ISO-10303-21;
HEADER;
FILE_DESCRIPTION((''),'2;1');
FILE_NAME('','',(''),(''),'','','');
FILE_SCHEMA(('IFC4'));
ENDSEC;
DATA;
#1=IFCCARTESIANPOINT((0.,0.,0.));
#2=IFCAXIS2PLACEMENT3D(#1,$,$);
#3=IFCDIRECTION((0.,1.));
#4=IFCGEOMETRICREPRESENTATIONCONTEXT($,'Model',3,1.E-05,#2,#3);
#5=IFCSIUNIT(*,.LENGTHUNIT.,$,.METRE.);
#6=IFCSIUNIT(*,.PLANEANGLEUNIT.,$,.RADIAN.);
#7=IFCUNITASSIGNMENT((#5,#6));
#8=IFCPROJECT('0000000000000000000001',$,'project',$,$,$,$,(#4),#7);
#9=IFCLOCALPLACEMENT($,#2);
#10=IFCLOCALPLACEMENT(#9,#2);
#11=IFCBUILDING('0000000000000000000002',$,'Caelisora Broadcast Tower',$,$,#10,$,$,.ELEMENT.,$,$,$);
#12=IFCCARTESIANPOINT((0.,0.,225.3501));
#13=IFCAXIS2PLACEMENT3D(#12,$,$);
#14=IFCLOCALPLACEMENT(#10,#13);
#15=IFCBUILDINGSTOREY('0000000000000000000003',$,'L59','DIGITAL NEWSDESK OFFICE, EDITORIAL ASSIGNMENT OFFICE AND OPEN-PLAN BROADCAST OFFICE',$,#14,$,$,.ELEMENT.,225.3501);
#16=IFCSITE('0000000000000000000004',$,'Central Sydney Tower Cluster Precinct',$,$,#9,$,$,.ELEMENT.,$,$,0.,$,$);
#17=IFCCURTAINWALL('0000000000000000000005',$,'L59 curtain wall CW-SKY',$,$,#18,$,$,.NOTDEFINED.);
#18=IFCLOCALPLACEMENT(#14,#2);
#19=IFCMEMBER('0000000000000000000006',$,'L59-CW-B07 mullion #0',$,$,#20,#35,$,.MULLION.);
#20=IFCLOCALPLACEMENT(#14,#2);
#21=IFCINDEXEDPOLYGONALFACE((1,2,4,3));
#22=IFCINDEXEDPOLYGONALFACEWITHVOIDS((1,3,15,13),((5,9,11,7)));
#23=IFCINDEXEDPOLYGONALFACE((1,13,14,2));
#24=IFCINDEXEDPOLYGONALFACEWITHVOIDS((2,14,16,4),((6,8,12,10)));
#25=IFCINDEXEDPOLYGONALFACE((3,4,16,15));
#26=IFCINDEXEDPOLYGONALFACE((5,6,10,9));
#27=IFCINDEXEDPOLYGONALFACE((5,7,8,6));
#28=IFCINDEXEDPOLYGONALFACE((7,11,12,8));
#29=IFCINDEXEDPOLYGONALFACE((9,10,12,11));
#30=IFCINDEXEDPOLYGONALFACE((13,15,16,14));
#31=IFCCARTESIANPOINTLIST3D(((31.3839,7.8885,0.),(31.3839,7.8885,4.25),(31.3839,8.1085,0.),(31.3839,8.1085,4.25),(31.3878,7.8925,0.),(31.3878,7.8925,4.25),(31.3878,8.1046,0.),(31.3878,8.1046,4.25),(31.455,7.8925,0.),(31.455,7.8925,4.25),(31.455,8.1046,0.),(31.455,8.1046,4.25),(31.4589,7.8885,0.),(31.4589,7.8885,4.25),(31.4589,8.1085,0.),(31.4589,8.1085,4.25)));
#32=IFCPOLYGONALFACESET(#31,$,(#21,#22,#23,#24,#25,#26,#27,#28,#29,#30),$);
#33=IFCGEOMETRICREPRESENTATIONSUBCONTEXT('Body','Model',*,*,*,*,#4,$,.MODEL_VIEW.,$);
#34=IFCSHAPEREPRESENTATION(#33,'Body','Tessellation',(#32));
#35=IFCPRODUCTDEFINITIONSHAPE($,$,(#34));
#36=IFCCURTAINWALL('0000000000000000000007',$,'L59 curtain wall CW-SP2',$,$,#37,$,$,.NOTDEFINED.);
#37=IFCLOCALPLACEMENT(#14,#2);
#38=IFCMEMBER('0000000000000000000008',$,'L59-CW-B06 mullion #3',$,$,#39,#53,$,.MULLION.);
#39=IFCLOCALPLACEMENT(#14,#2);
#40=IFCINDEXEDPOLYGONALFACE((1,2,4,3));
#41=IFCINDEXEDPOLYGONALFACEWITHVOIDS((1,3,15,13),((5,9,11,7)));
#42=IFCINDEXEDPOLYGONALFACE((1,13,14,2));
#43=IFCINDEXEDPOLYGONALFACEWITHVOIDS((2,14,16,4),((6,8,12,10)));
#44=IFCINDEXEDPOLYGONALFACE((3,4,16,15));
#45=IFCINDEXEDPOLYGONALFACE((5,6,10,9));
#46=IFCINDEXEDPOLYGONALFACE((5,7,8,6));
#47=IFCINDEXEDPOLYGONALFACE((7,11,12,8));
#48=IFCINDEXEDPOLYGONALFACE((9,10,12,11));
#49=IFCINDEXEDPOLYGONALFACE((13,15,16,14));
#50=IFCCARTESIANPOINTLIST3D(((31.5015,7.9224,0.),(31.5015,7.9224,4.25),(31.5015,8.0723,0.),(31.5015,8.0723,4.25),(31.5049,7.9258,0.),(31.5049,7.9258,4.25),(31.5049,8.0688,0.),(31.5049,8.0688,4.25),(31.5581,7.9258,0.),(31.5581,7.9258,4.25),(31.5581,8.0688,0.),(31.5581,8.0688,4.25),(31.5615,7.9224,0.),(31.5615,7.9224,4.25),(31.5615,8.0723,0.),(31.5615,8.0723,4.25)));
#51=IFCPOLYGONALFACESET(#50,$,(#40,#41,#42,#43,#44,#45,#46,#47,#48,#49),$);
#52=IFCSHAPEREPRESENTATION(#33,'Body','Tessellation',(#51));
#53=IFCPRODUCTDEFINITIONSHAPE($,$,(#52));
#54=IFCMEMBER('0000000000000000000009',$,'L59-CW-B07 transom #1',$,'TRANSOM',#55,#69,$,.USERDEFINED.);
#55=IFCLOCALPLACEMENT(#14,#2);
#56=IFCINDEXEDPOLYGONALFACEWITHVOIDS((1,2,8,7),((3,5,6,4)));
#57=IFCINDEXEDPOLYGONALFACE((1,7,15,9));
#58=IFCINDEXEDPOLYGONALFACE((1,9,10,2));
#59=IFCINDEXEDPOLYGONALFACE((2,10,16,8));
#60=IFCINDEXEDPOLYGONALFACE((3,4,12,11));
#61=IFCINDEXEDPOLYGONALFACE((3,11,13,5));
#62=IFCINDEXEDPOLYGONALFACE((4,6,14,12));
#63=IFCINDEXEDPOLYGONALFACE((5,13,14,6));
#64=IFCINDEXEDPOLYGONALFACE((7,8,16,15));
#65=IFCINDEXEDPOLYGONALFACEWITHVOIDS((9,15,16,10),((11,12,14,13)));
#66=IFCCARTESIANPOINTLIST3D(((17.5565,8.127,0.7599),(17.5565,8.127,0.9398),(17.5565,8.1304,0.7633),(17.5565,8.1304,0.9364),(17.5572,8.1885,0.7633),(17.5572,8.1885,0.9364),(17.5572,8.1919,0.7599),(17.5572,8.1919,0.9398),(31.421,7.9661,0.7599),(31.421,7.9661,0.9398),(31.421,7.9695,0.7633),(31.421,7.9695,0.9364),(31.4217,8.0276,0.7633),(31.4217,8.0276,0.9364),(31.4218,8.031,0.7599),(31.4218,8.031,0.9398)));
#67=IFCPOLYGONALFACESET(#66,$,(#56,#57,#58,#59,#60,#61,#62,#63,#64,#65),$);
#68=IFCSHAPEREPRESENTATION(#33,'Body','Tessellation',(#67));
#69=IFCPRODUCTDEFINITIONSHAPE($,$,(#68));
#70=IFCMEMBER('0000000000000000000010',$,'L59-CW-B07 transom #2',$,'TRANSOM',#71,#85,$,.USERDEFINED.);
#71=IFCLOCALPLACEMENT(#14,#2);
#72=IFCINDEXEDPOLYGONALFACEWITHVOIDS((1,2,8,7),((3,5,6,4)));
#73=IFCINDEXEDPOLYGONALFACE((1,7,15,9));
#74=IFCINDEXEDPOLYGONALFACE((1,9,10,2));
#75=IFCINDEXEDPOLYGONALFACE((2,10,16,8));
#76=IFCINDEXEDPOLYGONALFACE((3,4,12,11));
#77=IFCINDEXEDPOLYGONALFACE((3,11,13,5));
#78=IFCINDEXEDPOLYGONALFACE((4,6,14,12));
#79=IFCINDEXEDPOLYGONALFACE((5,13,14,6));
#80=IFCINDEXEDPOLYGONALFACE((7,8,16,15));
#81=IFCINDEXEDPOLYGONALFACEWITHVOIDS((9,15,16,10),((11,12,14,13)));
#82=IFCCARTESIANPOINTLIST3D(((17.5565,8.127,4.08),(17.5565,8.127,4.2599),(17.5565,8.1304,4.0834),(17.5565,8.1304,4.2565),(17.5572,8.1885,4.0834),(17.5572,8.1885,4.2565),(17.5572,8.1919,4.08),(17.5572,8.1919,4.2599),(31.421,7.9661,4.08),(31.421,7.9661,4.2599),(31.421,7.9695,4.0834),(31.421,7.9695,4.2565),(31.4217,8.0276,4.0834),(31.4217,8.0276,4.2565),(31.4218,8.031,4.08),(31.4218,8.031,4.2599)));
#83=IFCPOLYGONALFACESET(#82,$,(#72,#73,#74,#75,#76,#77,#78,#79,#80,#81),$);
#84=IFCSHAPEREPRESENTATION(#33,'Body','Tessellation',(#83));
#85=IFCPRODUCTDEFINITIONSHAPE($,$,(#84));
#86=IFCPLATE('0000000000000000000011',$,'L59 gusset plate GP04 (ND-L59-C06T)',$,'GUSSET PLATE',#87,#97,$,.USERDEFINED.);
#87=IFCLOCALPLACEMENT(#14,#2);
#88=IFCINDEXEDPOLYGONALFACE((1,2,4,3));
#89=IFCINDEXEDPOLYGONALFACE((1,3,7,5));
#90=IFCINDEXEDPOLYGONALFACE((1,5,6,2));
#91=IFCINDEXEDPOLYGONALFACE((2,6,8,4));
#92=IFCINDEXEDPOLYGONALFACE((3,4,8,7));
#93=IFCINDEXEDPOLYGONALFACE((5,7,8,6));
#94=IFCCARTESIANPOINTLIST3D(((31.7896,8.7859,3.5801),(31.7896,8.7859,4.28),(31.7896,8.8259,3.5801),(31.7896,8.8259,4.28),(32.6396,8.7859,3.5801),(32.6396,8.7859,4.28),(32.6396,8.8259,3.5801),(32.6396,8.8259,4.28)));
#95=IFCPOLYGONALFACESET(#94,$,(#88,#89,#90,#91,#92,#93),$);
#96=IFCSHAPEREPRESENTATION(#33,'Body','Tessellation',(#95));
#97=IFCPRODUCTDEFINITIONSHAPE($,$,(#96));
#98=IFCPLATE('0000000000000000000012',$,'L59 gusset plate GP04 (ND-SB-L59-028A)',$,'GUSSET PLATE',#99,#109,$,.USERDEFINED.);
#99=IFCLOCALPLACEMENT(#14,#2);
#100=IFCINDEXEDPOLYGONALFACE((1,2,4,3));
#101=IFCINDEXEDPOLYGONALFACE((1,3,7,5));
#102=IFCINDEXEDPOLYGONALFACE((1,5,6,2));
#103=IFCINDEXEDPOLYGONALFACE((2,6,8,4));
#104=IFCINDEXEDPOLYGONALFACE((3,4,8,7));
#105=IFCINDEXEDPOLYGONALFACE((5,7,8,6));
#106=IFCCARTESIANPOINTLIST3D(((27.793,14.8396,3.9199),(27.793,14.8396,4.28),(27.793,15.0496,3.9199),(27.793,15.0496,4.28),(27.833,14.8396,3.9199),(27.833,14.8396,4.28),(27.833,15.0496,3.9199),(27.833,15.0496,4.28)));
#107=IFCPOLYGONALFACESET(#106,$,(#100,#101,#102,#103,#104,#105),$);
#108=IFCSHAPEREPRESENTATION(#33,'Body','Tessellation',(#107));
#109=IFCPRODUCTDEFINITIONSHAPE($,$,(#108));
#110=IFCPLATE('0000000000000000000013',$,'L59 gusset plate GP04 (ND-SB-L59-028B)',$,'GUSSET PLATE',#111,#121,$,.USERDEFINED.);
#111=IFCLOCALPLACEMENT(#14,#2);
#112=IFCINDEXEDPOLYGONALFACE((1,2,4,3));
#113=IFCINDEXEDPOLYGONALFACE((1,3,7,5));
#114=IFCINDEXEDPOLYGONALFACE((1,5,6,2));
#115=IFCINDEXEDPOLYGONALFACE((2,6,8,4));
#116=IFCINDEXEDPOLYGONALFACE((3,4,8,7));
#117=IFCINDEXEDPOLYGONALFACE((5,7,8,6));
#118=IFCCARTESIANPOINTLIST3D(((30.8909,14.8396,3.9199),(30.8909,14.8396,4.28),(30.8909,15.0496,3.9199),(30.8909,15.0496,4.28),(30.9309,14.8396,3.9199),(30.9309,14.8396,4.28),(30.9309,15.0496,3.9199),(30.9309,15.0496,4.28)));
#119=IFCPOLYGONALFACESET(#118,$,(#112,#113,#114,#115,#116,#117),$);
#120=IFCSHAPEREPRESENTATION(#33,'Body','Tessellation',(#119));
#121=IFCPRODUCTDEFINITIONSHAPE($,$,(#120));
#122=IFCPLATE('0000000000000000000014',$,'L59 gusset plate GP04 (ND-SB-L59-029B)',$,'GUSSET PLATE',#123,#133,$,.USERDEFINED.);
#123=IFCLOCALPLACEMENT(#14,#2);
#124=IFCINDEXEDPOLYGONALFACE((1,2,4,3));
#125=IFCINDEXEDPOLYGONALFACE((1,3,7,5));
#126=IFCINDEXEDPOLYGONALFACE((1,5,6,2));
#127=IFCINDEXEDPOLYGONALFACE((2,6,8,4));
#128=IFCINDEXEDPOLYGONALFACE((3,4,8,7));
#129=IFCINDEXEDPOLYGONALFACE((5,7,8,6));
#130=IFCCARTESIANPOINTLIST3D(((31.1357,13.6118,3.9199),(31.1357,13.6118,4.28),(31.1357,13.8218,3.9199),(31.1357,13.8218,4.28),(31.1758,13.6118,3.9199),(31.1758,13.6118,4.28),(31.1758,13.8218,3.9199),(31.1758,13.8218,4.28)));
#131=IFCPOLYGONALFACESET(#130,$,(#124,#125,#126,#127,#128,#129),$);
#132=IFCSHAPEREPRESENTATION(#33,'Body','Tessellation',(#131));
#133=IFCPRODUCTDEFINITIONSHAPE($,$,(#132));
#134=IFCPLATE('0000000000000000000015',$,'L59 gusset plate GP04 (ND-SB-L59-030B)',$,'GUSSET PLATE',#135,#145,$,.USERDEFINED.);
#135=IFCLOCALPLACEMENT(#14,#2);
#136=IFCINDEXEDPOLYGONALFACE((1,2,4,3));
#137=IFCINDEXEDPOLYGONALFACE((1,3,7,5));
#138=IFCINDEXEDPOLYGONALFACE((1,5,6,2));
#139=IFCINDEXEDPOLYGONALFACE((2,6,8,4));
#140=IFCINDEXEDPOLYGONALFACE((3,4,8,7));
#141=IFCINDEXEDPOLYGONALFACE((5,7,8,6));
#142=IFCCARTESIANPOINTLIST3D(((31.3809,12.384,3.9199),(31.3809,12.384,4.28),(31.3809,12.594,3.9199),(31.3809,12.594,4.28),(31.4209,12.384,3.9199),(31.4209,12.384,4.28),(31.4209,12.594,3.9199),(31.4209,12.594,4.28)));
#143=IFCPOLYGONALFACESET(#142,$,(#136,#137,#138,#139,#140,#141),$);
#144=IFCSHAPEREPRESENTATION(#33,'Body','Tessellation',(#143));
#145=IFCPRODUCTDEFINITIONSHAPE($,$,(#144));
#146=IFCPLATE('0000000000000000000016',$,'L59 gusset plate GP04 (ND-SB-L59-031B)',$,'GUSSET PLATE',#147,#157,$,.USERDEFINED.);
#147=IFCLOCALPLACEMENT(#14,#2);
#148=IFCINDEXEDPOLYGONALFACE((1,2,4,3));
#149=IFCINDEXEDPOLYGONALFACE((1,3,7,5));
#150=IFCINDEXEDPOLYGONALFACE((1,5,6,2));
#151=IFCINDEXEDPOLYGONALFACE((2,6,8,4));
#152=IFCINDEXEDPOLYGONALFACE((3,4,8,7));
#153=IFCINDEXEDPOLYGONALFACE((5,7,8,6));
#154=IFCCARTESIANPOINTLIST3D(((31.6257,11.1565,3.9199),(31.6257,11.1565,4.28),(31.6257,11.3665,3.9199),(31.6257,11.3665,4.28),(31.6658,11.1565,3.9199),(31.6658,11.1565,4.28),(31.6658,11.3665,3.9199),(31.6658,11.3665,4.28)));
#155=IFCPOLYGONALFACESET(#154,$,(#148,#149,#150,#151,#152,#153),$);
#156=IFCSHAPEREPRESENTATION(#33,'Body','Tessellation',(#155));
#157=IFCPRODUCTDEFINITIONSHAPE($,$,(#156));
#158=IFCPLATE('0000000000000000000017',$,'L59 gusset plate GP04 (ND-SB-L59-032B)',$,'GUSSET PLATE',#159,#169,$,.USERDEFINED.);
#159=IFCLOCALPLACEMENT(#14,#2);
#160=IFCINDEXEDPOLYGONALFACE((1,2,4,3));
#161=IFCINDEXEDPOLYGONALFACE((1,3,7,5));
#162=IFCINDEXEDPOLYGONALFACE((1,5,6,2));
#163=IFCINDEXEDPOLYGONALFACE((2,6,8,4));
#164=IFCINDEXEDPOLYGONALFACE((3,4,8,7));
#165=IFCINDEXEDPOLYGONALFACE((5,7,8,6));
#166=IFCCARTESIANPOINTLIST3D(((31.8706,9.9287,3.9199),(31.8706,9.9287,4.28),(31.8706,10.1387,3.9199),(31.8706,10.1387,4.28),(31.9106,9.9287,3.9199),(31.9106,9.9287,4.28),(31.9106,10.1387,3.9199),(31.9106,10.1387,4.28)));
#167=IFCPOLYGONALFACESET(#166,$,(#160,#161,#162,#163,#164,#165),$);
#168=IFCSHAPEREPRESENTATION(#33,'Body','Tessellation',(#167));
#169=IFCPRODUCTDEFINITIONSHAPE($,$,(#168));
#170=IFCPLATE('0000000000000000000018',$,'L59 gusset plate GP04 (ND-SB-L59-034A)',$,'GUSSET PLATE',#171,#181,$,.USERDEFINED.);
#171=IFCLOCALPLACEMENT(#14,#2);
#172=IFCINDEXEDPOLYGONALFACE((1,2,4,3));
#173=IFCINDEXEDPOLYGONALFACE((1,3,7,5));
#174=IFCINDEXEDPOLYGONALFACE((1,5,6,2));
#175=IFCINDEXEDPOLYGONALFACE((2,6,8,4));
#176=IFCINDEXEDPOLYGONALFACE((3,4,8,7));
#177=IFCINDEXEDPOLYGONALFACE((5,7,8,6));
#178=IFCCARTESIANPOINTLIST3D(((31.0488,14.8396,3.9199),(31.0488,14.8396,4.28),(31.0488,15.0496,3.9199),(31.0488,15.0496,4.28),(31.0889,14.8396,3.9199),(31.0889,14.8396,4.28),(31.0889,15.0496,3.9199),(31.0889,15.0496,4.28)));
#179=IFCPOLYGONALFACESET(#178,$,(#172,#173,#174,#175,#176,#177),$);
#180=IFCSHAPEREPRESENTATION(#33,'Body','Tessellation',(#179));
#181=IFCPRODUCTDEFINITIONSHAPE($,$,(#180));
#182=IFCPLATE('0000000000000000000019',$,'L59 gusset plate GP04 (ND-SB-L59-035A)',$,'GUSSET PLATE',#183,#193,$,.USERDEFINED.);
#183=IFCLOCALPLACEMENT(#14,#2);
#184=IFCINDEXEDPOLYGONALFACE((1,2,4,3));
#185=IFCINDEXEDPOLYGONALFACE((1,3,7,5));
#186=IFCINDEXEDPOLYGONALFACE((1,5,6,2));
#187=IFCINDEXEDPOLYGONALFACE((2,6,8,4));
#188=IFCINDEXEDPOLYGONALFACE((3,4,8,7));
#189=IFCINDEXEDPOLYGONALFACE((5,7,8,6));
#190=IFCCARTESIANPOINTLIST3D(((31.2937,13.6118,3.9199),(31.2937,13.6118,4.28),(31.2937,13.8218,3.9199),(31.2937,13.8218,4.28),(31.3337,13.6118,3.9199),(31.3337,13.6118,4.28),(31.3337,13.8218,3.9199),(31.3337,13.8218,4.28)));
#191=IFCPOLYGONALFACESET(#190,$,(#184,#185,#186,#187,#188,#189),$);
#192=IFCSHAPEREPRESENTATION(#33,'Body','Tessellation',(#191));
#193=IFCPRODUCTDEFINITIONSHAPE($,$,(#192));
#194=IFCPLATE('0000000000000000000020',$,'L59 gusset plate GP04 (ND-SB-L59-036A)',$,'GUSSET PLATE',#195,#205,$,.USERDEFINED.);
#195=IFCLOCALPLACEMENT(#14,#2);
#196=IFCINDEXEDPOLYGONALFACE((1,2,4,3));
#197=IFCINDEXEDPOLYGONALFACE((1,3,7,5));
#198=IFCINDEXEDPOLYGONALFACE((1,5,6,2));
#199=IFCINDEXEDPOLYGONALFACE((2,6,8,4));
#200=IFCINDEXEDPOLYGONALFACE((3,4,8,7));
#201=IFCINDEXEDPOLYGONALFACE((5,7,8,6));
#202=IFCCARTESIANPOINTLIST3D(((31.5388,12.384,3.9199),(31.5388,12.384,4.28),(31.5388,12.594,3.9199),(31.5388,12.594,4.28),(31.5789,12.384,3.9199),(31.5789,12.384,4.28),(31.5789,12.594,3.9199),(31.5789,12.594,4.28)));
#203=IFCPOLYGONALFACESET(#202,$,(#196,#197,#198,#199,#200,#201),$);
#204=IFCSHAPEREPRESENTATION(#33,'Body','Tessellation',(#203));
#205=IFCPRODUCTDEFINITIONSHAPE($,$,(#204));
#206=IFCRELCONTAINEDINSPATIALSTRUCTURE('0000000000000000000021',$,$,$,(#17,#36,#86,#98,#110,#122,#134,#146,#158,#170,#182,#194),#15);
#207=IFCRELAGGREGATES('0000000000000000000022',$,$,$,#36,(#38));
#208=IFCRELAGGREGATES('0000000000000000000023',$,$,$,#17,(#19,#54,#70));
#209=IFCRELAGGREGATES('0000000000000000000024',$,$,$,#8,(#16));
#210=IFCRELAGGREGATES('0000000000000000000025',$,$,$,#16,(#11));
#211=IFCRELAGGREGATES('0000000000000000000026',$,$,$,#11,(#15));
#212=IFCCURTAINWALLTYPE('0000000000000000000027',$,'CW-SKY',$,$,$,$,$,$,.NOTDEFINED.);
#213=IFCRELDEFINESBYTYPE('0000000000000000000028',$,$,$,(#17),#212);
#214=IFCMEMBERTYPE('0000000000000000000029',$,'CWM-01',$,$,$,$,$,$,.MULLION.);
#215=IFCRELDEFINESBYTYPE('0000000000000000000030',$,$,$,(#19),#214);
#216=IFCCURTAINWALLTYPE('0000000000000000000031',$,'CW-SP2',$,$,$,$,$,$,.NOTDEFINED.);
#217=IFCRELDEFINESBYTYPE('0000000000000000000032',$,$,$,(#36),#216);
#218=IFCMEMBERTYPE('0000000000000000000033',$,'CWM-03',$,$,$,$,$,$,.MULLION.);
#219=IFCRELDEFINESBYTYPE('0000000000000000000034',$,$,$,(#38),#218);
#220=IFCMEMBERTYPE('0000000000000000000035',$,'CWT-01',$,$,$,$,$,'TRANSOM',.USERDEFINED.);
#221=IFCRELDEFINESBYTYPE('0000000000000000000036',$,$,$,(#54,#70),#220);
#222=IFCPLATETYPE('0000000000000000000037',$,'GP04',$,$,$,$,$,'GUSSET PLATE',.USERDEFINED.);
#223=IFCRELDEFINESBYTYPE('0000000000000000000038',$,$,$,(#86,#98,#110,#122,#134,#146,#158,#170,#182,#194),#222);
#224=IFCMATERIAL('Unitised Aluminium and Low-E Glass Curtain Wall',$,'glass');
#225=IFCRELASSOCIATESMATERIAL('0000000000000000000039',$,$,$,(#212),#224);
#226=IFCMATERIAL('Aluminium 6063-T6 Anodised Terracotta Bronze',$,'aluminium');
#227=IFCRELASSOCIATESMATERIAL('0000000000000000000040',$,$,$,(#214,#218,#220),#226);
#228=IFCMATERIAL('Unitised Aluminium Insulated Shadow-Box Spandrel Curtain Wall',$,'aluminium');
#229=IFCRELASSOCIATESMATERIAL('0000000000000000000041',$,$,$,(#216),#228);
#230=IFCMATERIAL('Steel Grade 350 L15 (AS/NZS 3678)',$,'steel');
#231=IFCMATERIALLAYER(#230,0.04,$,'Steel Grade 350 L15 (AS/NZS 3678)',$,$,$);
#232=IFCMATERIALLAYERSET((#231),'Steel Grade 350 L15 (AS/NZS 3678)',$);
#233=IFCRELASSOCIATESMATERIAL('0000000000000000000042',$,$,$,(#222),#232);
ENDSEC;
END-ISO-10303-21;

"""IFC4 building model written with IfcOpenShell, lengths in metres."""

from ifc_helpers import new_model, si_unit, direction, frame, origin, origin_2d, place, context, subcontext, project, spatial, rectangle, hollow_rectangle, extrude, source, transform, mapped, material, layer, layer_set, material_profile, profile_set, type_object, type_shapes, element, aggregate, save


model = new_model("IFC4")

# Units and contexts
model_context = context("Model", 3, precision=1e-05, world=origin(), true_north=direction((0.0, 1.0)))
body_context = subcontext(model_context, "Body", "Model", "MODEL_VIEW")
ifc_project = project(units=[si_unit("LENGTHUNIT", "METRE"), si_unit("PLANEANGLEUNIT", "RADIAN")], contexts=[model_context])

# Site, building, storey
site_placement = place(None, origin())
site = spatial("IfcSite", under=ifc_project, at=site_placement, Name="Central Sydney Tower Cluster Precinct", CompositionType="ELEMENT", RefElevation=0.0)
building_placement = place(site_placement, origin())
building = spatial("IfcBuilding", under=site, at=building_placement, Name="Caelisora Broadcast Tower", CompositionType="ELEMENT")
storey_placement = place(building_placement, frame((0.0, 0.0, 225.3501)))
storey = spatial("IfcBuildingStorey", under=building, at=storey_placement, Name="L59", Description="DIGITAL NEWSDESK OFFICE, EDITORIAL ASSIGNMENT OFFICE AND OPEN-PLAN BROADCAST OFFICE", CompositionType="ELEMENT", Elevation=225.3501)

# Shared definitions
ifc_material_1 = material(Name="Steel Grade 350 L15 (AS/NZS 3678)", Category="steel")

# Curtain walls, members
ifc_material_2 = material(Name="Unitised Aluminium and Low-E Glass Curtain Wall", Category="glass")
curtain_wall_type_1 = type_object("IfcCurtainWallType", Name="CW-SKY", PredefinedType="NOTDEFINED", material=ifc_material_2)
curtain_wall_1_placement = place(storey_placement, origin())
curtain_wall_1 = element("IfcCurtainWall", 1, at=curtain_wall_1_placement, inside=storey, type_object=curtain_wall_type_1, Name="L59 curtain wall CW-SKY", PredefinedType="NOTDEFINED")
ifc_material_3 = material(Name="Aluminium 6063-T6 Anodised Terracotta Bronze", Category="aluminium")
ifc_material_profile_1 = material_profile(ifc_material_3, hollow_rectangle(XDim=0.075, YDim=0.22, WallThickness=0.0039, at=origin_2d()), Name="Aluminium 6063-T6 Anodised Terracotta Bronze")
ifc_profile_set_1 = profile_set([ifc_material_profile_1], Name="Aluminium 6063-T6 Anodised Terracotta Bronze")
member_type_1 = type_object("IfcMemberType", Name="CWM-01", PredefinedType="MULLION", material=ifc_profile_set_1)
shared_shape_1 = source(origin(), body_context, "Body", "SweptSolid", [
    extrude(hollow_rectangle(XDim=0.075, YDim=0.22, WallThickness=0.0039, at=origin_2d()), origin(), (0.0, 0.0, 1.0), 4.25),
])
type_shapes(member_type_1, [shared_shape_1])
member_1_placement = place(storey_placement, frame((31.4214, 7.9985, 0.0), z_axis=(0.0, 0.0, 1.0), x_axis=(1.0, 0.0, 0.0)))
member_1 = element("IfcMember", 2, at=member_1_placement, type_object=member_type_1, Name="L59-CW-B07 mullion #0", PredefinedType="MULLION", context=body_context, shape_type="MappedRepresentation", body=[
    mapped(shared_shape_1, transform((0.0, 0.0, 0.0), scale=1.0)),
])
ifc_material_4 = material(Name="Unitised Aluminium Insulated Shadow-Box Spandrel Curtain Wall", Category="aluminium")
curtain_wall_type_2 = type_object("IfcCurtainWallType", Name="CW-SP2", PredefinedType="NOTDEFINED", material=ifc_material_4)
curtain_wall_2_placement = place(storey_placement, origin())
curtain_wall_2 = element("IfcCurtainWall", 3, at=curtain_wall_2_placement, inside=storey, type_object=curtain_wall_type_2, Name="L59 curtain wall CW-SP2", PredefinedType="NOTDEFINED")
ifc_material_profile_2 = material_profile(ifc_material_3, hollow_rectangle(XDim=0.0601, YDim=0.1499, WallThickness=0.0034, at=origin_2d()), Name="Aluminium 6063-T6 Anodised Terracotta Bronze")
ifc_profile_set_2 = profile_set([ifc_material_profile_2], Name="Aluminium 6063-T6 Anodised Terracotta Bronze")
member_type_2 = type_object("IfcMemberType", Name="CWM-03", PredefinedType="MULLION", material=ifc_profile_set_2)
shared_shape_2 = source(origin(), body_context, "Body", "SweptSolid", [
    extrude(hollow_rectangle(XDim=0.0601, YDim=0.1499, WallThickness=0.0034, at=origin_2d()), origin(), (0.0, 0.0, 1.0), 4.25),
])
type_shapes(member_type_2, [shared_shape_2])
member_2_placement = place(storey_placement, frame((31.5315, 7.9973, 0.0), z_axis=(0.0, 0.0, 1.0), x_axis=(1.0, 0.0, 0.0)))
member_2 = element("IfcMember", 4, at=member_2_placement, type_object=member_type_2, Name="L59-CW-B06 mullion #3", PredefinedType="MULLION", context=body_context, shape_type="MappedRepresentation", body=[
    mapped(shared_shape_2, transform((0.0, 0.0, 0.0), scale=1.0)),
])

# Members
ifc_material_profile_3 = material_profile(ifc_material_3, hollow_rectangle(XDim=0.0649, YDim=0.1799, WallThickness=0.0034, at=origin_2d()), Name="Aluminium 6063-T6 Anodised Terracotta Bronze")
ifc_profile_set_3 = profile_set([ifc_material_profile_3], Name="Aluminium 6063-T6 Anodised Terracotta Bronze")
member_type_3 = type_object("IfcMemberType", Name="CWT-01", ElementType="TRANSOM", PredefinedType="USERDEFINED", material=ifc_profile_set_3)
shared_shape_3 = source(origin(), body_context, "Body", "SweptSolid", [
    extrude(hollow_rectangle(XDim=0.0649, YDim=0.1799, WallThickness=0.0034, at=origin_2d()), origin(), (0.0, 0.0, 1.0), 13.8655),
])
type_shapes(member_type_3, [shared_shape_3])
member_3_placement = place(storey_placement, frame((31.4214, 7.9985, 0.8499), z_axis=(-0.999933, 0.011604, 0.0), x_axis=(-0.011604, -0.999933, 0.0)))
member_3 = element("IfcMember", 5, at=member_3_placement, type_object=member_type_3, Name="L59-CW-B07 transom #1", ObjectType="TRANSOM", PredefinedType="USERDEFINED", context=body_context, shape_type="MappedRepresentation", body=[
    mapped(shared_shape_3, transform((0.0, 0.0, 0.0), scale=1.0)),
])
member_4_placement = place(storey_placement, frame((31.4214, 7.9985, 4.1699), z_axis=(-0.999933, 0.011604, 0.0), x_axis=(-0.011604, -0.999933, 0.0)))
member_4 = element("IfcMember", 6, at=member_4_placement, type_object=member_type_3, Name="L59-CW-B07 transom #2", ObjectType="TRANSOM", PredefinedType="USERDEFINED", context=body_context, shape_type="MappedRepresentation", body=[
    mapped(shared_shape_3, transform((0.0, 0.0, 0.0), scale=1.0)),
])

# Plates
ifc_layer_1 = layer(ifc_material_1, 0.04, Name="Steel Grade 350 L15 (AS/NZS 3678)")
ifc_layer_set_1 = layer_set([ifc_layer_1], Name="Steel Grade 350 L15 (AS/NZS 3678)")
plate_type_1 = type_object("IfcPlateType", Name="GP04", ElementType="GUSSET PLATE", PredefinedType="USERDEFINED", material=ifc_layer_set_1)
shared_shape_4 = source(origin(), body_context, "Body", "SweptSolid", [
    extrude(rectangle(XDim=0.8501, YDim=0.04, at=origin_2d()), origin(), (0.0, 0.0, 1.0), 0.7),
])
plate_1_placement = place(storey_placement, frame((32.2146, 8.8059, 3.5801), z_axis=(0.0, 0.0, 1.0), x_axis=(1.0, 0.0, 0.0)))
element("IfcPlate", 7, at=plate_1_placement, inside=storey, type_object=plate_type_1, Name="L59 gusset plate GP04 (ND-L59-C06T)", ObjectType="GUSSET PLATE", PredefinedType="USERDEFINED", context=body_context, shape_type="MappedRepresentation", body=[
    mapped(shared_shape_4, transform((0.0, 0.0, 0.0), scale=1.0)),
])
shared_shape_5 = source(origin(), body_context, "Body", "SweptSolid", [
    extrude(rectangle(XDim=0.21, YDim=0.04, at=origin_2d()), origin(), (0.0, 0.0, 1.0), 0.3601),
])
type_shapes(plate_type_1, [shared_shape_4, shared_shape_5])
for number, where, z_axis, x_axis, name in (
    (8, (27.813, 14.9446, 3.9199), (0.0, 0.0, 1.0), (0.0, 1.0, 0.0), "L59 gusset plate GP04 (ND-SB-L59-028A)"),
    (9, (30.9109, 14.9446, 3.9199), (0.0, 0.0, 1.0), (0.0, 1.0, 0.0), "L59 gusset plate GP04 (ND-SB-L59-028B)"),
    (10, (31.1558, 13.7168, 3.9199), (0.0, 0.0, 1.0), (0.0, 1.0, 0.0), "L59 gusset plate GP04 (ND-SB-L59-029B)"),
    (11, (31.4009, 12.489, 3.9199), (0.0, 0.0, 1.0), (0.0, 1.0, 0.0), "L59 gusset plate GP04 (ND-SB-L59-030B)"),
    (12, (31.6458, 11.2615, 3.9199), (0.0, 0.0, 1.0), (0.0, 1.0, 0.0), "L59 gusset plate GP04 (ND-SB-L59-031B)"),
    (13, (31.8906, 10.0337, 3.9199), (0.0, 0.0, 1.0), (0.0, 1.0, 0.0), "L59 gusset plate GP04 (ND-SB-L59-032B)"),
    (14, (31.0688, 14.9446, 3.9199), (0.0, 0.0, 1.0), (0.0, 1.0, 0.0), "L59 gusset plate GP04 (ND-SB-L59-034A)"),
    (15, (31.3137, 13.7168, 3.9199), (0.0, 0.0, 1.0), (0.0, 1.0, 0.0), "L59 gusset plate GP04 (ND-SB-L59-035A)"),
    (16, (31.5588, 12.489, 3.9199), (0.0, 0.0, 1.0), (0.0, 1.0, 0.0), "L59 gusset plate GP04 (ND-SB-L59-036A)"),
):
    element("IfcPlate", number, at=place(storey_placement, frame(where, z_axis=z_axis, x_axis=x_axis)), inside=storey, type_object=plate_type_1, Name=name, ObjectType="GUSSET PLATE", PredefinedType="USERDEFINED", context=body_context, shape_type="MappedRepresentation", body=[
        mapped(shared_shape_5, transform((0.0, 0.0, 0.0), scale=1.0)),
    ])

aggregate(curtain_wall_2, [member_2])
aggregate(curtain_wall_1, [member_1, member_3, member_4])

save(model, "model.ifc")
